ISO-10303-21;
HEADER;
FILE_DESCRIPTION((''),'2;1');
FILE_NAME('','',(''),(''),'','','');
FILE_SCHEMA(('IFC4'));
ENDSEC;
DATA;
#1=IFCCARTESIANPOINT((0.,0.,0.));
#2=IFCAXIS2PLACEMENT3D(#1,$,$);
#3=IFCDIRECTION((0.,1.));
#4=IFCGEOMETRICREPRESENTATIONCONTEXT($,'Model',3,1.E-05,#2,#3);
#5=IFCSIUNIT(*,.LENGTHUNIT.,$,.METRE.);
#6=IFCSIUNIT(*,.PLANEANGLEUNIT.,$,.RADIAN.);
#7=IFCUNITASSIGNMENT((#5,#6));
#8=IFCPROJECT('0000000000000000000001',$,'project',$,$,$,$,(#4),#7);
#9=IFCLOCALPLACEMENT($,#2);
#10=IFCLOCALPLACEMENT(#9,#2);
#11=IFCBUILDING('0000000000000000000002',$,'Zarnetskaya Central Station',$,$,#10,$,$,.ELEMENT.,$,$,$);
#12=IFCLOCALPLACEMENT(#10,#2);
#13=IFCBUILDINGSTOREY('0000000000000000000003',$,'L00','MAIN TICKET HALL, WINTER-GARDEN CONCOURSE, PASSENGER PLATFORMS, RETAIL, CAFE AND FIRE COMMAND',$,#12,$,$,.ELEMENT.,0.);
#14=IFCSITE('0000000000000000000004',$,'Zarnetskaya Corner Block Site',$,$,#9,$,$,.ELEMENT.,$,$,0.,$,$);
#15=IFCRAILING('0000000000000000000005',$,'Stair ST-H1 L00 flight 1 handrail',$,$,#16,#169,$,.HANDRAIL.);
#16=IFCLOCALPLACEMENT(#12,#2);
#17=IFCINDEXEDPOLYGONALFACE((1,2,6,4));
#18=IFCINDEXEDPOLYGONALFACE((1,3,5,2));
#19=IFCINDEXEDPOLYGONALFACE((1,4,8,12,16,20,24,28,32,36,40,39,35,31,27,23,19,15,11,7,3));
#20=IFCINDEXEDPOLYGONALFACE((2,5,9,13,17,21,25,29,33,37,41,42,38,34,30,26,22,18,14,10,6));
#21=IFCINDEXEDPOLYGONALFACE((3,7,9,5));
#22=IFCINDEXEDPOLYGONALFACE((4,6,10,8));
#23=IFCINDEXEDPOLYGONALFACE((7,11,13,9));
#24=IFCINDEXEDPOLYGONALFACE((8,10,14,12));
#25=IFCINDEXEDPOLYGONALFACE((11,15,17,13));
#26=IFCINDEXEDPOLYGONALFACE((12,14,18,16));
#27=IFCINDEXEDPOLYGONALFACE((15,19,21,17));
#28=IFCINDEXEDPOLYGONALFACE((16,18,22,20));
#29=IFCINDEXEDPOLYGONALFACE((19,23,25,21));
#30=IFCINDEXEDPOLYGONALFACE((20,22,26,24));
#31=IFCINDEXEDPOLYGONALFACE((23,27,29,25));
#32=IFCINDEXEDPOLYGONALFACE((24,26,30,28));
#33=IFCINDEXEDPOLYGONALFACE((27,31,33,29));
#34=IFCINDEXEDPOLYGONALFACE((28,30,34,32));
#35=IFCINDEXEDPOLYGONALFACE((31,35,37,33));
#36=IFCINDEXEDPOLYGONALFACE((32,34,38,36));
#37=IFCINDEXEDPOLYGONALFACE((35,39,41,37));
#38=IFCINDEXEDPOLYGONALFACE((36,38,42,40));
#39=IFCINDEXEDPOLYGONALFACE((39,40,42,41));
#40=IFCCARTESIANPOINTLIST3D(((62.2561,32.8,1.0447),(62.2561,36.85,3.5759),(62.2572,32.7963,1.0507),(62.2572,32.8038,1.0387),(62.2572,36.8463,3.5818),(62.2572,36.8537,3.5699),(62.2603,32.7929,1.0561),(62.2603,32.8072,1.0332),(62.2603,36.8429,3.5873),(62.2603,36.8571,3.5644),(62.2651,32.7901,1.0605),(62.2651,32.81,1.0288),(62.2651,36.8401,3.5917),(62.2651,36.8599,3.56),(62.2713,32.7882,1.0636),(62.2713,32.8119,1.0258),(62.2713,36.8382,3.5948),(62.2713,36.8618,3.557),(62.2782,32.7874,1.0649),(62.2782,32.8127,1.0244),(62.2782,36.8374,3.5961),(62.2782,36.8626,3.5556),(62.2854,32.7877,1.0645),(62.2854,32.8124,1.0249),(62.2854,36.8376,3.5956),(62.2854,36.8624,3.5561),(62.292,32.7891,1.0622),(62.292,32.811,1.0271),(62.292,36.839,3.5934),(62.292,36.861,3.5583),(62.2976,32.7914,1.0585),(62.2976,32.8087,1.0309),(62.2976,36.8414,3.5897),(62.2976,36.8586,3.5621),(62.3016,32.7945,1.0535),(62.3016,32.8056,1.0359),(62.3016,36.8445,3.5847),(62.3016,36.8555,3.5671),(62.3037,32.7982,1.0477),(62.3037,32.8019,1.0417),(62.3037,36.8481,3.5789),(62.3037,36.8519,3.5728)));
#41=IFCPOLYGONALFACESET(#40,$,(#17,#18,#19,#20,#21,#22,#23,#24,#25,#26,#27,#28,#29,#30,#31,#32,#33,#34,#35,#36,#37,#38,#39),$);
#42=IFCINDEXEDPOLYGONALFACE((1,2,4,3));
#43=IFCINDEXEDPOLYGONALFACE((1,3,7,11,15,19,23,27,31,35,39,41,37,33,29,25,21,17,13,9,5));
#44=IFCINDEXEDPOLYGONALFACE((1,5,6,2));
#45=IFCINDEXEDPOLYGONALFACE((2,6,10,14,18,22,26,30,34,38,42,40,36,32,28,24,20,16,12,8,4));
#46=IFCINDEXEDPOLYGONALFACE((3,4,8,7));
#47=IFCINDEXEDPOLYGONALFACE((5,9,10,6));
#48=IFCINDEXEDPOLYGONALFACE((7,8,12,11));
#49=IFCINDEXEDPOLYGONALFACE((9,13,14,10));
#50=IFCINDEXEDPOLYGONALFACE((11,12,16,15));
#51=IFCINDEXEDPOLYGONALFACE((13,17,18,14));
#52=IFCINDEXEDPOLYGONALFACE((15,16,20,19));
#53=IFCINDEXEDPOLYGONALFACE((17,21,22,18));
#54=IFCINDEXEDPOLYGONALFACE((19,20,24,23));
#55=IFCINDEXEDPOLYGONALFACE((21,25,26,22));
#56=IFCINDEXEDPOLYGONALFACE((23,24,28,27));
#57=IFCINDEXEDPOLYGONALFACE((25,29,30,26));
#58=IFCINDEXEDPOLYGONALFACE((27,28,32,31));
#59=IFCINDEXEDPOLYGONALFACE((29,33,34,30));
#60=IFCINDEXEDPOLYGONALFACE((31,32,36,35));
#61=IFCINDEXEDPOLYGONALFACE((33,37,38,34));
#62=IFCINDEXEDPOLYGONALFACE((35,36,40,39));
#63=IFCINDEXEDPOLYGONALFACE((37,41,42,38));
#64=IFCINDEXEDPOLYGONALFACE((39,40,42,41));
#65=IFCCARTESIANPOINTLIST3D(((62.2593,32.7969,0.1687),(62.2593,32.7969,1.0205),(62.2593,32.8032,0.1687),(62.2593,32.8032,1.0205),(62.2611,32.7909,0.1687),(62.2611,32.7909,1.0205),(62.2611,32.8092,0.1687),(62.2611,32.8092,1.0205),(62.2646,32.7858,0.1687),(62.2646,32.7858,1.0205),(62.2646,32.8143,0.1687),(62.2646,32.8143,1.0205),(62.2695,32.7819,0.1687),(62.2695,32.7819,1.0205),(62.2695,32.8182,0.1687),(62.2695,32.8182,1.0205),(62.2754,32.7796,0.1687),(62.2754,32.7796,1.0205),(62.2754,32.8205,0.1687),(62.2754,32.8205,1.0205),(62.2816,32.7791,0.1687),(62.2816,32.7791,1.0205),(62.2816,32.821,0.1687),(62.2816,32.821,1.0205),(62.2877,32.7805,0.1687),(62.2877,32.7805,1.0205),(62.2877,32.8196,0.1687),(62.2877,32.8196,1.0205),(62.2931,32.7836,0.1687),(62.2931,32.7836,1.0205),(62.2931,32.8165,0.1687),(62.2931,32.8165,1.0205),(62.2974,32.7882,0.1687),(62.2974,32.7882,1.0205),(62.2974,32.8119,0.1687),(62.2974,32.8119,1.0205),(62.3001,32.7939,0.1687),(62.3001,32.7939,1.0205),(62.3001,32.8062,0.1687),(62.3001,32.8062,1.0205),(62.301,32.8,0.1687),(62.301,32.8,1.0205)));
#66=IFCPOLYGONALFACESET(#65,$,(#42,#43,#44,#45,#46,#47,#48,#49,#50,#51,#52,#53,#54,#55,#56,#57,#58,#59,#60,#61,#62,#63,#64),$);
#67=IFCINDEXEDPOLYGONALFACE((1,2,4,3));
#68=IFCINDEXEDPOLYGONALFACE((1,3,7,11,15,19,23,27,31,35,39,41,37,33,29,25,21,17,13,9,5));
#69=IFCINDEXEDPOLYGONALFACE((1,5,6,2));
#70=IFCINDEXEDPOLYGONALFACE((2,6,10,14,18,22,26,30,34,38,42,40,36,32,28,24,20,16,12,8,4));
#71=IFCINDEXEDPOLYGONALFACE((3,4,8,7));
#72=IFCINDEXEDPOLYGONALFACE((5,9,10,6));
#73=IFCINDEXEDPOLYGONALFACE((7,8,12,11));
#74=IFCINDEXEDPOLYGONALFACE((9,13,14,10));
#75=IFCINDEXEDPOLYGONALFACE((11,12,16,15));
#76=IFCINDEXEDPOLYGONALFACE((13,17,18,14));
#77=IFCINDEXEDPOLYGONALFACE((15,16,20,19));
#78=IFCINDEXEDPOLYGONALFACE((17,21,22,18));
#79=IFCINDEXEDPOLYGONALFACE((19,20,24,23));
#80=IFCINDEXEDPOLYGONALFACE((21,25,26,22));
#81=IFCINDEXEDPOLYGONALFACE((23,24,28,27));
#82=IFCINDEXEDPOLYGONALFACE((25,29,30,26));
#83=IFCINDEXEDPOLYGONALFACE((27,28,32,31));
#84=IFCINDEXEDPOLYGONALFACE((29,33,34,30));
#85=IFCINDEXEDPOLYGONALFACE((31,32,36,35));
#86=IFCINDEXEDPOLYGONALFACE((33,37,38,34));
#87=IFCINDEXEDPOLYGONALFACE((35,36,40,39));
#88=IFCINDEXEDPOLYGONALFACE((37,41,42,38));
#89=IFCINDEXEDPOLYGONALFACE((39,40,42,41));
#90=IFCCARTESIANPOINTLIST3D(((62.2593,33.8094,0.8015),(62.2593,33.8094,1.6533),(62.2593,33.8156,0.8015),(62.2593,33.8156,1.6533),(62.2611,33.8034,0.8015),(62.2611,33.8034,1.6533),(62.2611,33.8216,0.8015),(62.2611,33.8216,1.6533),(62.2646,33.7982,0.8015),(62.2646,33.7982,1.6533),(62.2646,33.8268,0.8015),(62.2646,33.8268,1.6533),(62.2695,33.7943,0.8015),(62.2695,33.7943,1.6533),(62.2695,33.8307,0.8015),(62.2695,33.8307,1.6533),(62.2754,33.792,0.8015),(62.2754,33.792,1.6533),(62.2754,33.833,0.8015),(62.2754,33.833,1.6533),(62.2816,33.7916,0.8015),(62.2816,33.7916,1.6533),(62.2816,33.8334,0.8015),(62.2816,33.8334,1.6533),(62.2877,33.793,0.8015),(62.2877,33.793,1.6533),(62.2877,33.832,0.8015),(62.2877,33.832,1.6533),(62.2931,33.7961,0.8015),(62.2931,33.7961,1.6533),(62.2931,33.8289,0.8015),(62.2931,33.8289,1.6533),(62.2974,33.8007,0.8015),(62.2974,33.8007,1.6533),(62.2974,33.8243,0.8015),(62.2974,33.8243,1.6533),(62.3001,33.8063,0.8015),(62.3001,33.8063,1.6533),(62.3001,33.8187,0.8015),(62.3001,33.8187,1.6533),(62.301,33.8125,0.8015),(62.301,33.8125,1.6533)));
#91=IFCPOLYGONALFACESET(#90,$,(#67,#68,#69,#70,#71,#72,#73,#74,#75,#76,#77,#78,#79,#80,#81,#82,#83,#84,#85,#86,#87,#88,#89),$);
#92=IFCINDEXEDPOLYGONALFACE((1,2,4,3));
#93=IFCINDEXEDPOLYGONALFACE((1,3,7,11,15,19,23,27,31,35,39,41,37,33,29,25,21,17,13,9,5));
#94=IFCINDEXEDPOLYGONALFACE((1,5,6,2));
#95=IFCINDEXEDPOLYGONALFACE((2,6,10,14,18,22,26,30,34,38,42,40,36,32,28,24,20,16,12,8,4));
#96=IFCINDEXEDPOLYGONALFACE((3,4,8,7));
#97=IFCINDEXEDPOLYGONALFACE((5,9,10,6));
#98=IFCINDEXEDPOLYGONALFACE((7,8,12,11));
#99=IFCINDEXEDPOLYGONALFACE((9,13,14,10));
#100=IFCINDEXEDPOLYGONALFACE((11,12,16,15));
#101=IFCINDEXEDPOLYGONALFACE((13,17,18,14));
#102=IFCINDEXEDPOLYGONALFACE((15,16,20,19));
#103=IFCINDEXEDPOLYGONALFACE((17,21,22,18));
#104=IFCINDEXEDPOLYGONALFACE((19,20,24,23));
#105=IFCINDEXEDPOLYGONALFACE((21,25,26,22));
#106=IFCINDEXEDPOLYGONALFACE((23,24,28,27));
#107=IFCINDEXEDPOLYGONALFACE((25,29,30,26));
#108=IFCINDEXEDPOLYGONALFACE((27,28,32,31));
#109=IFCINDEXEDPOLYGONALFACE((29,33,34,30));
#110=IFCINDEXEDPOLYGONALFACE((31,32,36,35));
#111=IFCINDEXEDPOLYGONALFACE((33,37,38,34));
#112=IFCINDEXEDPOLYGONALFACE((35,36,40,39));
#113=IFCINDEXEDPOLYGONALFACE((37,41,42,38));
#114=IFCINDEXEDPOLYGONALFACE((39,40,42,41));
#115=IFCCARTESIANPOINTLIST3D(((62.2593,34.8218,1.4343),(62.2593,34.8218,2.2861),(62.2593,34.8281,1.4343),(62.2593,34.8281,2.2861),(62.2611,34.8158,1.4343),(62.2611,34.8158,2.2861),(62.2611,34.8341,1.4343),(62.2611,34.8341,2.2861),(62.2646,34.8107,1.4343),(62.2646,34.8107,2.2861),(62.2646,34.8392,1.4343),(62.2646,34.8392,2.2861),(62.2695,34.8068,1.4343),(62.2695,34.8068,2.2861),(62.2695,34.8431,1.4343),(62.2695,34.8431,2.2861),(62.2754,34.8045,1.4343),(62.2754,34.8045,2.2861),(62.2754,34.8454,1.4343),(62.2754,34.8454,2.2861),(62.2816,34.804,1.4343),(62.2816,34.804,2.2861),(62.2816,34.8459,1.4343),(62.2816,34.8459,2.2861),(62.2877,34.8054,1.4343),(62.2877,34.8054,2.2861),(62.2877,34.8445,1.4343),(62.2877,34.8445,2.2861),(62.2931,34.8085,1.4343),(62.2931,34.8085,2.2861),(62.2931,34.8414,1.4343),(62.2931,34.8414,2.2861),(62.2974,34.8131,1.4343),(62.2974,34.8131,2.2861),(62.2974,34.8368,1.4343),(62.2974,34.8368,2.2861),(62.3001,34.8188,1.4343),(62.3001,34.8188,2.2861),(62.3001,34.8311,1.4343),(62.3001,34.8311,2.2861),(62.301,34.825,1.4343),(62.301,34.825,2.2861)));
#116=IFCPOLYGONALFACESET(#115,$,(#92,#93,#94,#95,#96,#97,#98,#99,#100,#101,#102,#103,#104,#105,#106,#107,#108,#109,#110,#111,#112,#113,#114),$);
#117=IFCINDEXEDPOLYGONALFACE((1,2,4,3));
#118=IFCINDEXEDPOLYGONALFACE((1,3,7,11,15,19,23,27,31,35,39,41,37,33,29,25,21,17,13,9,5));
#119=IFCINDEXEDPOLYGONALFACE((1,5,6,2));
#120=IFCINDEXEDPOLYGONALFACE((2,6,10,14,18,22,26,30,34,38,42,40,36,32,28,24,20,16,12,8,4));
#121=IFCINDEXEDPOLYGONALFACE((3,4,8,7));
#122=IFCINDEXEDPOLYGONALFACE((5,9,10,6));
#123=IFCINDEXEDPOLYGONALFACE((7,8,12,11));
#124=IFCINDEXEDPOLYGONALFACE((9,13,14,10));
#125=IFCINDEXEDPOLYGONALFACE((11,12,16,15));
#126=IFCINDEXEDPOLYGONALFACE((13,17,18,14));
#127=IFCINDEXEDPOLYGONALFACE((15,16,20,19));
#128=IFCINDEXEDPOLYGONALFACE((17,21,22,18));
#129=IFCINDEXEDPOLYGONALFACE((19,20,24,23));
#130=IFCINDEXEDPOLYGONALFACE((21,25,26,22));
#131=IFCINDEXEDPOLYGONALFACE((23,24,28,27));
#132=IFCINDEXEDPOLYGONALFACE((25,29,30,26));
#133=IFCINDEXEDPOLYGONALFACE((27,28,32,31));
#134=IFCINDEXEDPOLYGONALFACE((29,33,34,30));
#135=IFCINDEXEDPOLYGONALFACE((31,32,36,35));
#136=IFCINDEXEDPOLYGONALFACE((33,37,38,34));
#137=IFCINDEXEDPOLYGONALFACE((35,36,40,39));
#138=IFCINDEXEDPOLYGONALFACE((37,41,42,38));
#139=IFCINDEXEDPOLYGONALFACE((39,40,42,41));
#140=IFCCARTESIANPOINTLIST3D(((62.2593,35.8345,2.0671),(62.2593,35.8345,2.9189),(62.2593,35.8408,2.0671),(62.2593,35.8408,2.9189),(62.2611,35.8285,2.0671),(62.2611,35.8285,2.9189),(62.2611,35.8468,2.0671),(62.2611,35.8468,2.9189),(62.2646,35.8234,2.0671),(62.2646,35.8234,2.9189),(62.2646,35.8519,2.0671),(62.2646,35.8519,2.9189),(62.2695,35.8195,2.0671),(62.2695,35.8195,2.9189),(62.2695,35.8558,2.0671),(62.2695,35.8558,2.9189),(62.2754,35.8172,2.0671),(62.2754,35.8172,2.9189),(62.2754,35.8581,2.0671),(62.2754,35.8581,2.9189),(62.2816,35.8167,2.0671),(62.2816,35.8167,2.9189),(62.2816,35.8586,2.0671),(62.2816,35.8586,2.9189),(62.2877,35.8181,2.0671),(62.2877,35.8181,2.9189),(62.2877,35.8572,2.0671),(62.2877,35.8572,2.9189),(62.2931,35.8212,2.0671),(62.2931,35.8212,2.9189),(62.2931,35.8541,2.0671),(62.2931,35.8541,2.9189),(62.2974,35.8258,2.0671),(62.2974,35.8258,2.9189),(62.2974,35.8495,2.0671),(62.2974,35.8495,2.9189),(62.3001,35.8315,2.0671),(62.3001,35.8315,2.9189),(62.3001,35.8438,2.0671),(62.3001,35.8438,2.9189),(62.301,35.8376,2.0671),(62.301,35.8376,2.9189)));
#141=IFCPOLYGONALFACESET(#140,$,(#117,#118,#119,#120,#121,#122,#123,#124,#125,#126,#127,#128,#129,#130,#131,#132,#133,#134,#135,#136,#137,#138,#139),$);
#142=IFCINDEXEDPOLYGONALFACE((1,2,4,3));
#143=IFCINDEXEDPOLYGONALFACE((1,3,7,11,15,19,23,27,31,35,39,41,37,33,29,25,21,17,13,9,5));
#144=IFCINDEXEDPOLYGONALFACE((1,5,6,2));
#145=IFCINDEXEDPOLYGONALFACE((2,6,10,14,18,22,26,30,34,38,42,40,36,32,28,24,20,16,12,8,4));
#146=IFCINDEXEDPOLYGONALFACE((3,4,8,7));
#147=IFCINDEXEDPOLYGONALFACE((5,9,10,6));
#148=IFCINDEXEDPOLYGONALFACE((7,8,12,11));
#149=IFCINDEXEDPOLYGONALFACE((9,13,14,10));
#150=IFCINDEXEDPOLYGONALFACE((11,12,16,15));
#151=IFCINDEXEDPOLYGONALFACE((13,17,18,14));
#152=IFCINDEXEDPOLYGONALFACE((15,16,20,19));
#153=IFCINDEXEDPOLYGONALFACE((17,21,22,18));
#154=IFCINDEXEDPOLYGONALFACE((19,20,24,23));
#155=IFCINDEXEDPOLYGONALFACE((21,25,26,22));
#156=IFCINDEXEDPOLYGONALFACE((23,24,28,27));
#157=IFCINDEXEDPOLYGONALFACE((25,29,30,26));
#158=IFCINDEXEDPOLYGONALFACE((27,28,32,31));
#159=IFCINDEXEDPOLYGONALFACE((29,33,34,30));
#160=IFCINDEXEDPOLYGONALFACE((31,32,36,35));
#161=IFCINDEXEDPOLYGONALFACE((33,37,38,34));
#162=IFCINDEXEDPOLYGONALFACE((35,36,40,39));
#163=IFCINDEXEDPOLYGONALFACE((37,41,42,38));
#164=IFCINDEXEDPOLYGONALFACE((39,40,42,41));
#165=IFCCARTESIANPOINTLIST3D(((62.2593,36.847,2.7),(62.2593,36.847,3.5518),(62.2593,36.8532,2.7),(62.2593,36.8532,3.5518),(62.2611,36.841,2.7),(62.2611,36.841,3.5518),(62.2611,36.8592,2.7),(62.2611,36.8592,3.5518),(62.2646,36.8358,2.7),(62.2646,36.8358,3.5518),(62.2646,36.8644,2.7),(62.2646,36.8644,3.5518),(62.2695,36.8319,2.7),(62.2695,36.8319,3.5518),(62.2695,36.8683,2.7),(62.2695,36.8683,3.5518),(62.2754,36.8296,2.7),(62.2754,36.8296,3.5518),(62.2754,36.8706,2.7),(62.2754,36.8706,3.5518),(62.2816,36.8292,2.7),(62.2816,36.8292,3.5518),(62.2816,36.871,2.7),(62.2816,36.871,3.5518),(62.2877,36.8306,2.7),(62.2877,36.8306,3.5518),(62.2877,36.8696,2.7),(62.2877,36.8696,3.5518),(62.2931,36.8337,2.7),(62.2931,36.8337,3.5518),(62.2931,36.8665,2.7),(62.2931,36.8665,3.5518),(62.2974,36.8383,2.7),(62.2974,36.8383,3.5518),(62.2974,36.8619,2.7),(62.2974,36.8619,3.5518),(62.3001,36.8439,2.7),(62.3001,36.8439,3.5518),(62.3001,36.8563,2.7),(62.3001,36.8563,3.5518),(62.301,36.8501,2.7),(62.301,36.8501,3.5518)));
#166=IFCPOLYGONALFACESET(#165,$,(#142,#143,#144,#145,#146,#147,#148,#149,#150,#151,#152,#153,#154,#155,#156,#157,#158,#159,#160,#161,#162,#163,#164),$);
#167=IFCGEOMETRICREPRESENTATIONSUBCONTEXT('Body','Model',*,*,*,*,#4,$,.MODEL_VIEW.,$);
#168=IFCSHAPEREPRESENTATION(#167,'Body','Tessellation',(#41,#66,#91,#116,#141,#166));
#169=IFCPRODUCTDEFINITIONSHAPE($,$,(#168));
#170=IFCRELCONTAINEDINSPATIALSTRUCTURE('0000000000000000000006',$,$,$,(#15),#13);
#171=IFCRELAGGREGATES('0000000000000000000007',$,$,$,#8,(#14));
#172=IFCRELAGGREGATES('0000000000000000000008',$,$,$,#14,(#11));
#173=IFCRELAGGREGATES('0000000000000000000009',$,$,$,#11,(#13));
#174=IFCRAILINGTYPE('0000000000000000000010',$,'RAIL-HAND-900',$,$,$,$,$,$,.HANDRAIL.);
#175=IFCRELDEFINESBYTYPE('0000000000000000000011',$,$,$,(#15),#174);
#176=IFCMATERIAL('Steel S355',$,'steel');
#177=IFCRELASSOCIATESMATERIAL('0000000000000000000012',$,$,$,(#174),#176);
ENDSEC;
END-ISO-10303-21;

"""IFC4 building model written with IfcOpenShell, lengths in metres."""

from ifc_helpers import new_model, si_unit, direction, frame, origin, origin_2d, place, context, subcontext, project, spatial, circle, extrude, material, type_object, element, save


model = new_model("IFC4")

# Units and contexts
model_context = context("Model", 3, precision=1e-05, world=origin(), true_north=direction((0.0, 1.0)))
body_context = subcontext(model_context, "Body", "Model", "MODEL_VIEW")
ifc_project = project(units=[si_unit("LENGTHUNIT", "METRE"), si_unit("PLANEANGLEUNIT", "RADIAN")], contexts=[model_context])

# Site, building, storey
site_placement = place(None, origin())
site = spatial("IfcSite", under=ifc_project, at=site_placement, Name="Zarnetskaya Corner Block Site", CompositionType="ELEMENT", RefElevation=0.0)
building_placement = place(site_placement, origin())
building = spatial("IfcBuilding", under=site, at=building_placement, Name="Zarnetskaya Central Station", CompositionType="ELEMENT")
storey_placement = place(building_placement, origin())
storey = spatial("IfcBuildingStorey", under=building, at=storey_placement, Name="L00", Description="MAIN TICKET HALL, WINTER-GARDEN CONCOURSE, PASSENGER PLATFORMS, RETAIL, CAFE AND FIRE COMMAND", CompositionType="ELEMENT", Elevation=0.0)

# Shared definitions
ifc_material_1 = material(Name="Steel S355", Category="steel")

# Railing
railing_type_1 = type_object("IfcRailingType", Name="RAIL-HAND-900", PredefinedType="HANDRAIL", material=ifc_material_1)
railing_1_placement = place(storey_placement, frame((62.28, 32.8, 0.1687)))
element("IfcRailing", 1, at=railing_1_placement, inside=storey, type_object=railing_type_1, Name="Stair ST-H1 L00 flight 1 handrail", PredefinedType="HANDRAIL", context=body_context, shape_type="SweptSolid", body=[
    extrude(circle(Radius=0.0239, at=origin_2d()), frame((0.0, 0.0, 0.876), z_axis=(0.0, 0.848001, 0.529994), x_axis=(-1.0, 0.0, 0.0)), (0.0, 0.0, 1.0), 4.7759),
    extrude(circle(Radius=0.021, at=origin_2d()), origin(), (0.0, 0.0, 1.0), 0.8518),
    extrude(circle(Radius=0.021, at=origin_2d()), frame((0.0, 1.0125, 0.6328)), (0.0, 0.0, 1.0), 0.8518),
    extrude(circle(Radius=0.021, at=origin_2d()), frame((0.0, 2.0249, 1.2656)), (0.0, 0.0, 1.0), 0.8518),
    extrude(circle(Radius=0.021, at=origin_2d()), frame((0.0, 3.0376, 1.8984)), (0.0, 0.0, 1.0), 0.8518),
    extrude(circle(Radius=0.021, at=origin_2d()), frame((0.0, 4.05, 2.5312)), (0.0, 0.0, 1.0), 0.8518),
])

save(model, "model.ifc")
